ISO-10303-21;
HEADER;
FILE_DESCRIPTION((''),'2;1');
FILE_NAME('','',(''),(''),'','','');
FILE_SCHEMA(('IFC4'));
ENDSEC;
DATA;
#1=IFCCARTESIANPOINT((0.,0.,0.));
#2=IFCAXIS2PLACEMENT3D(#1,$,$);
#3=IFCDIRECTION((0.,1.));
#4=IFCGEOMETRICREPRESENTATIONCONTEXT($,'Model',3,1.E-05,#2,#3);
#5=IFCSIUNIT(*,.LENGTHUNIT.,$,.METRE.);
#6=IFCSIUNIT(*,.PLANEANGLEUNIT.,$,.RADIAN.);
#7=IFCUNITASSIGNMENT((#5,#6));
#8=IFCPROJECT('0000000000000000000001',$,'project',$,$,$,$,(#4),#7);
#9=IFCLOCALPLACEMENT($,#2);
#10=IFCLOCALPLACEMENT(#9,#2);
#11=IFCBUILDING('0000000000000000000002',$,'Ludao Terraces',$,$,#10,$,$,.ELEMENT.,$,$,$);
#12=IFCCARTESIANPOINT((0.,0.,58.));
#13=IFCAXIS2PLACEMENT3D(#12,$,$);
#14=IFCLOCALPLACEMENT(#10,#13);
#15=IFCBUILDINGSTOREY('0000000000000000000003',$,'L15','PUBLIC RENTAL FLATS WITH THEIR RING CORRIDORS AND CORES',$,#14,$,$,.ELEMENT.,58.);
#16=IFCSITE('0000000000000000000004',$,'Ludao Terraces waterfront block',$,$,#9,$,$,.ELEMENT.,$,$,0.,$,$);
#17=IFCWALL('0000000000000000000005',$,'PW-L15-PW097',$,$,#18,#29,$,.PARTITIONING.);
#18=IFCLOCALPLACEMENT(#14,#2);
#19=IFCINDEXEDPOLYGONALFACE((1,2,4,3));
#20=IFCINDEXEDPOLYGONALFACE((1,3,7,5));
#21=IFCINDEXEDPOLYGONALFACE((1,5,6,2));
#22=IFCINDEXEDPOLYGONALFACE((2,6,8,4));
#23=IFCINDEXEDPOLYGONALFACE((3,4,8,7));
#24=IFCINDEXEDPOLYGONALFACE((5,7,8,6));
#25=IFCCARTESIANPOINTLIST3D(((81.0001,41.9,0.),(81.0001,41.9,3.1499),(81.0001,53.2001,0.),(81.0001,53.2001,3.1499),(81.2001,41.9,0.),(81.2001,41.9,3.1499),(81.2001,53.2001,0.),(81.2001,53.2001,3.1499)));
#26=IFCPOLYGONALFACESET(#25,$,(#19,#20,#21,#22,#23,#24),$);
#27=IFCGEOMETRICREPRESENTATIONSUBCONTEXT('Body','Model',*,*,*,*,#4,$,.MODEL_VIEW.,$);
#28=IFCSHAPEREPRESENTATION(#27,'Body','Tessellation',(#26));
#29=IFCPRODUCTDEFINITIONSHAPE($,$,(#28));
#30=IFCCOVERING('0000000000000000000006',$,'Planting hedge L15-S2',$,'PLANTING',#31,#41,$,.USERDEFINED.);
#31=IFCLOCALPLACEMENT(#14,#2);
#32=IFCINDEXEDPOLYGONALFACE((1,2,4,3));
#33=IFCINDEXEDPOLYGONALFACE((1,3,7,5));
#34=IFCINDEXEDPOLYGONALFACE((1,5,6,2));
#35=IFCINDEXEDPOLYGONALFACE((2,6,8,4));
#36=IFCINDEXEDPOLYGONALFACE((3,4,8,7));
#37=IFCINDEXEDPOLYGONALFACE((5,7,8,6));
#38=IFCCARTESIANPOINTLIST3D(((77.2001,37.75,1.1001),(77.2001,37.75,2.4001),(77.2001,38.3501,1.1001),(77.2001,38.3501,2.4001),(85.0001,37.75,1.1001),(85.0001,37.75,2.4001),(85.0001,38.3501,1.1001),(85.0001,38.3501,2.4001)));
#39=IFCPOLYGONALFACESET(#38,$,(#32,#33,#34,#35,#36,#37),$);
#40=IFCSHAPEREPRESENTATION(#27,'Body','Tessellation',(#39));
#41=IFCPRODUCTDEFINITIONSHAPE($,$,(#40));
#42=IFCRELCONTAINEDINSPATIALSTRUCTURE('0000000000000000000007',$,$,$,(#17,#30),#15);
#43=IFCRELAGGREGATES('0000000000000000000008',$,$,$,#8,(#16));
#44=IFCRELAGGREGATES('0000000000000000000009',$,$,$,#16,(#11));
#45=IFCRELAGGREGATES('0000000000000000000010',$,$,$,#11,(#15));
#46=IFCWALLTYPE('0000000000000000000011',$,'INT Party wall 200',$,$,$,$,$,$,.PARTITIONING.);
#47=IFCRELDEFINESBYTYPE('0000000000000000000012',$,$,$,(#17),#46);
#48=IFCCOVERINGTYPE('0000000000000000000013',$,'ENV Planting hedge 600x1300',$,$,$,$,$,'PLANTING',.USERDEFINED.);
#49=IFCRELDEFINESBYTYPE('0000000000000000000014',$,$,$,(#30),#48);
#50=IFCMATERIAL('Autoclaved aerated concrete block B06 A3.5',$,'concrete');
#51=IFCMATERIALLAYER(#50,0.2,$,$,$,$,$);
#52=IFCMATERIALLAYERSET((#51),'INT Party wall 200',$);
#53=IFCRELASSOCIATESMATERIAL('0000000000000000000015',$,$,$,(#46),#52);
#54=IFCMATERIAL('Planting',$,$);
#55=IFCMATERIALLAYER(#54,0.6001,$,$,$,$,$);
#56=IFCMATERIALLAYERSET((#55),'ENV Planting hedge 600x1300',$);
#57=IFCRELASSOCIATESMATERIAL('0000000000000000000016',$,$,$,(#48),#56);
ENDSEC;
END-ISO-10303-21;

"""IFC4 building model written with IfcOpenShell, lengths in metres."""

from ifc_helpers import new_model, si_unit, direction, frame, frame_2d, origin, origin_2d, place, context, subcontext, project, spatial, rectangle, extrude, material, layer, layer_set, type_object, element, save


model = new_model("IFC4")

# Units and contexts
model_context = context("Model", 3, precision=1e-05, world=origin(), true_north=direction((0.0, 1.0)))
body_context = subcontext(model_context, "Body", "Model", "MODEL_VIEW")
ifc_project = project(units=[si_unit("LENGTHUNIT", "METRE"), si_unit("PLANEANGLEUNIT", "RADIAN")], contexts=[model_context])

# Site, building, storey
site_placement = place(None, origin())
site = spatial("IfcSite", under=ifc_project, at=site_placement, Name="Ludao Terraces waterfront block", CompositionType="ELEMENT", RefElevation=0.0)
building_placement = place(site_placement, origin())
building = spatial("IfcBuilding", under=site, at=building_placement, Name="Ludao Terraces", CompositionType="ELEMENT")
storey_placement = place(building_placement, frame((0.0, 0.0, 58.0)))
storey = spatial("IfcBuildingStorey", under=building, at=storey_placement, Name="L15", Description="PUBLIC RENTAL FLATS WITH THEIR RING CORRIDORS AND CORES", CompositionType="ELEMENT", Elevation=58.0)

# Wall
ifc_material_1 = material(Name="Autoclaved aerated concrete block B06 A3.5", Category="concrete")
ifc_layer_1 = layer(ifc_material_1, 0.2)
ifc_layer_set_1 = layer_set([ifc_layer_1], Name="INT Party wall 200")
wall_type_1 = type_object("IfcWallType", Name="INT Party wall 200", PredefinedType="PARTITIONING", material=ifc_layer_set_1)
for number, where, z_axis, x_axis, name in (
    (1, (81.1001, 41.9001, 0.0), (0.0, 0.0, 1.0), (0.0, 1.0, 0.0), "PW-L15-PW097"),
):
    element("IfcWall", number, at=place(storey_placement, frame(where, z_axis=z_axis, x_axis=x_axis)), inside=storey, type_object=wall_type_1, Name=name, PredefinedType="PARTITIONING", context=body_context, shape_type="SweptSolid", body=[
        extrude(rectangle(XDim=11.3, YDim=0.2, at=frame_2d((5.6499, 0.0))), origin(), (0.0, 0.0, 1.0), 3.1499),
    ])

# Covering
ifc_material_2 = material(Name="Planting")
ifc_layer_2 = layer(ifc_material_2, 0.6001)
ifc_layer_set_2 = layer_set([ifc_layer_2], Name="ENV Planting hedge 600x1300")
covering_type = type_object("IfcCoveringType", Name="ENV Planting hedge 600x1300", ElementType="PLANTING", PredefinedType="USERDEFINED", material=ifc_layer_set_2)
covering_placement = place(storey_placement, frame((81.1001, 38.05, 1.1001), z_axis=(0.0, 0.0, 1.0), x_axis=(1.0, 0.0, 0.0)))
element("IfcCovering", 2, at=covering_placement, inside=storey, type_object=covering_type, Name="Planting hedge L15-S2", ObjectType="PLANTING", PredefinedType="USERDEFINED", context=body_context, shape_type="SweptSolid", body=[
    extrude(rectangle(XDim=7.8, YDim=0.6001, at=origin_2d()), origin(), (0.0, 0.0, 1.0), 1.3),
])

save(model, "model.ifc")
